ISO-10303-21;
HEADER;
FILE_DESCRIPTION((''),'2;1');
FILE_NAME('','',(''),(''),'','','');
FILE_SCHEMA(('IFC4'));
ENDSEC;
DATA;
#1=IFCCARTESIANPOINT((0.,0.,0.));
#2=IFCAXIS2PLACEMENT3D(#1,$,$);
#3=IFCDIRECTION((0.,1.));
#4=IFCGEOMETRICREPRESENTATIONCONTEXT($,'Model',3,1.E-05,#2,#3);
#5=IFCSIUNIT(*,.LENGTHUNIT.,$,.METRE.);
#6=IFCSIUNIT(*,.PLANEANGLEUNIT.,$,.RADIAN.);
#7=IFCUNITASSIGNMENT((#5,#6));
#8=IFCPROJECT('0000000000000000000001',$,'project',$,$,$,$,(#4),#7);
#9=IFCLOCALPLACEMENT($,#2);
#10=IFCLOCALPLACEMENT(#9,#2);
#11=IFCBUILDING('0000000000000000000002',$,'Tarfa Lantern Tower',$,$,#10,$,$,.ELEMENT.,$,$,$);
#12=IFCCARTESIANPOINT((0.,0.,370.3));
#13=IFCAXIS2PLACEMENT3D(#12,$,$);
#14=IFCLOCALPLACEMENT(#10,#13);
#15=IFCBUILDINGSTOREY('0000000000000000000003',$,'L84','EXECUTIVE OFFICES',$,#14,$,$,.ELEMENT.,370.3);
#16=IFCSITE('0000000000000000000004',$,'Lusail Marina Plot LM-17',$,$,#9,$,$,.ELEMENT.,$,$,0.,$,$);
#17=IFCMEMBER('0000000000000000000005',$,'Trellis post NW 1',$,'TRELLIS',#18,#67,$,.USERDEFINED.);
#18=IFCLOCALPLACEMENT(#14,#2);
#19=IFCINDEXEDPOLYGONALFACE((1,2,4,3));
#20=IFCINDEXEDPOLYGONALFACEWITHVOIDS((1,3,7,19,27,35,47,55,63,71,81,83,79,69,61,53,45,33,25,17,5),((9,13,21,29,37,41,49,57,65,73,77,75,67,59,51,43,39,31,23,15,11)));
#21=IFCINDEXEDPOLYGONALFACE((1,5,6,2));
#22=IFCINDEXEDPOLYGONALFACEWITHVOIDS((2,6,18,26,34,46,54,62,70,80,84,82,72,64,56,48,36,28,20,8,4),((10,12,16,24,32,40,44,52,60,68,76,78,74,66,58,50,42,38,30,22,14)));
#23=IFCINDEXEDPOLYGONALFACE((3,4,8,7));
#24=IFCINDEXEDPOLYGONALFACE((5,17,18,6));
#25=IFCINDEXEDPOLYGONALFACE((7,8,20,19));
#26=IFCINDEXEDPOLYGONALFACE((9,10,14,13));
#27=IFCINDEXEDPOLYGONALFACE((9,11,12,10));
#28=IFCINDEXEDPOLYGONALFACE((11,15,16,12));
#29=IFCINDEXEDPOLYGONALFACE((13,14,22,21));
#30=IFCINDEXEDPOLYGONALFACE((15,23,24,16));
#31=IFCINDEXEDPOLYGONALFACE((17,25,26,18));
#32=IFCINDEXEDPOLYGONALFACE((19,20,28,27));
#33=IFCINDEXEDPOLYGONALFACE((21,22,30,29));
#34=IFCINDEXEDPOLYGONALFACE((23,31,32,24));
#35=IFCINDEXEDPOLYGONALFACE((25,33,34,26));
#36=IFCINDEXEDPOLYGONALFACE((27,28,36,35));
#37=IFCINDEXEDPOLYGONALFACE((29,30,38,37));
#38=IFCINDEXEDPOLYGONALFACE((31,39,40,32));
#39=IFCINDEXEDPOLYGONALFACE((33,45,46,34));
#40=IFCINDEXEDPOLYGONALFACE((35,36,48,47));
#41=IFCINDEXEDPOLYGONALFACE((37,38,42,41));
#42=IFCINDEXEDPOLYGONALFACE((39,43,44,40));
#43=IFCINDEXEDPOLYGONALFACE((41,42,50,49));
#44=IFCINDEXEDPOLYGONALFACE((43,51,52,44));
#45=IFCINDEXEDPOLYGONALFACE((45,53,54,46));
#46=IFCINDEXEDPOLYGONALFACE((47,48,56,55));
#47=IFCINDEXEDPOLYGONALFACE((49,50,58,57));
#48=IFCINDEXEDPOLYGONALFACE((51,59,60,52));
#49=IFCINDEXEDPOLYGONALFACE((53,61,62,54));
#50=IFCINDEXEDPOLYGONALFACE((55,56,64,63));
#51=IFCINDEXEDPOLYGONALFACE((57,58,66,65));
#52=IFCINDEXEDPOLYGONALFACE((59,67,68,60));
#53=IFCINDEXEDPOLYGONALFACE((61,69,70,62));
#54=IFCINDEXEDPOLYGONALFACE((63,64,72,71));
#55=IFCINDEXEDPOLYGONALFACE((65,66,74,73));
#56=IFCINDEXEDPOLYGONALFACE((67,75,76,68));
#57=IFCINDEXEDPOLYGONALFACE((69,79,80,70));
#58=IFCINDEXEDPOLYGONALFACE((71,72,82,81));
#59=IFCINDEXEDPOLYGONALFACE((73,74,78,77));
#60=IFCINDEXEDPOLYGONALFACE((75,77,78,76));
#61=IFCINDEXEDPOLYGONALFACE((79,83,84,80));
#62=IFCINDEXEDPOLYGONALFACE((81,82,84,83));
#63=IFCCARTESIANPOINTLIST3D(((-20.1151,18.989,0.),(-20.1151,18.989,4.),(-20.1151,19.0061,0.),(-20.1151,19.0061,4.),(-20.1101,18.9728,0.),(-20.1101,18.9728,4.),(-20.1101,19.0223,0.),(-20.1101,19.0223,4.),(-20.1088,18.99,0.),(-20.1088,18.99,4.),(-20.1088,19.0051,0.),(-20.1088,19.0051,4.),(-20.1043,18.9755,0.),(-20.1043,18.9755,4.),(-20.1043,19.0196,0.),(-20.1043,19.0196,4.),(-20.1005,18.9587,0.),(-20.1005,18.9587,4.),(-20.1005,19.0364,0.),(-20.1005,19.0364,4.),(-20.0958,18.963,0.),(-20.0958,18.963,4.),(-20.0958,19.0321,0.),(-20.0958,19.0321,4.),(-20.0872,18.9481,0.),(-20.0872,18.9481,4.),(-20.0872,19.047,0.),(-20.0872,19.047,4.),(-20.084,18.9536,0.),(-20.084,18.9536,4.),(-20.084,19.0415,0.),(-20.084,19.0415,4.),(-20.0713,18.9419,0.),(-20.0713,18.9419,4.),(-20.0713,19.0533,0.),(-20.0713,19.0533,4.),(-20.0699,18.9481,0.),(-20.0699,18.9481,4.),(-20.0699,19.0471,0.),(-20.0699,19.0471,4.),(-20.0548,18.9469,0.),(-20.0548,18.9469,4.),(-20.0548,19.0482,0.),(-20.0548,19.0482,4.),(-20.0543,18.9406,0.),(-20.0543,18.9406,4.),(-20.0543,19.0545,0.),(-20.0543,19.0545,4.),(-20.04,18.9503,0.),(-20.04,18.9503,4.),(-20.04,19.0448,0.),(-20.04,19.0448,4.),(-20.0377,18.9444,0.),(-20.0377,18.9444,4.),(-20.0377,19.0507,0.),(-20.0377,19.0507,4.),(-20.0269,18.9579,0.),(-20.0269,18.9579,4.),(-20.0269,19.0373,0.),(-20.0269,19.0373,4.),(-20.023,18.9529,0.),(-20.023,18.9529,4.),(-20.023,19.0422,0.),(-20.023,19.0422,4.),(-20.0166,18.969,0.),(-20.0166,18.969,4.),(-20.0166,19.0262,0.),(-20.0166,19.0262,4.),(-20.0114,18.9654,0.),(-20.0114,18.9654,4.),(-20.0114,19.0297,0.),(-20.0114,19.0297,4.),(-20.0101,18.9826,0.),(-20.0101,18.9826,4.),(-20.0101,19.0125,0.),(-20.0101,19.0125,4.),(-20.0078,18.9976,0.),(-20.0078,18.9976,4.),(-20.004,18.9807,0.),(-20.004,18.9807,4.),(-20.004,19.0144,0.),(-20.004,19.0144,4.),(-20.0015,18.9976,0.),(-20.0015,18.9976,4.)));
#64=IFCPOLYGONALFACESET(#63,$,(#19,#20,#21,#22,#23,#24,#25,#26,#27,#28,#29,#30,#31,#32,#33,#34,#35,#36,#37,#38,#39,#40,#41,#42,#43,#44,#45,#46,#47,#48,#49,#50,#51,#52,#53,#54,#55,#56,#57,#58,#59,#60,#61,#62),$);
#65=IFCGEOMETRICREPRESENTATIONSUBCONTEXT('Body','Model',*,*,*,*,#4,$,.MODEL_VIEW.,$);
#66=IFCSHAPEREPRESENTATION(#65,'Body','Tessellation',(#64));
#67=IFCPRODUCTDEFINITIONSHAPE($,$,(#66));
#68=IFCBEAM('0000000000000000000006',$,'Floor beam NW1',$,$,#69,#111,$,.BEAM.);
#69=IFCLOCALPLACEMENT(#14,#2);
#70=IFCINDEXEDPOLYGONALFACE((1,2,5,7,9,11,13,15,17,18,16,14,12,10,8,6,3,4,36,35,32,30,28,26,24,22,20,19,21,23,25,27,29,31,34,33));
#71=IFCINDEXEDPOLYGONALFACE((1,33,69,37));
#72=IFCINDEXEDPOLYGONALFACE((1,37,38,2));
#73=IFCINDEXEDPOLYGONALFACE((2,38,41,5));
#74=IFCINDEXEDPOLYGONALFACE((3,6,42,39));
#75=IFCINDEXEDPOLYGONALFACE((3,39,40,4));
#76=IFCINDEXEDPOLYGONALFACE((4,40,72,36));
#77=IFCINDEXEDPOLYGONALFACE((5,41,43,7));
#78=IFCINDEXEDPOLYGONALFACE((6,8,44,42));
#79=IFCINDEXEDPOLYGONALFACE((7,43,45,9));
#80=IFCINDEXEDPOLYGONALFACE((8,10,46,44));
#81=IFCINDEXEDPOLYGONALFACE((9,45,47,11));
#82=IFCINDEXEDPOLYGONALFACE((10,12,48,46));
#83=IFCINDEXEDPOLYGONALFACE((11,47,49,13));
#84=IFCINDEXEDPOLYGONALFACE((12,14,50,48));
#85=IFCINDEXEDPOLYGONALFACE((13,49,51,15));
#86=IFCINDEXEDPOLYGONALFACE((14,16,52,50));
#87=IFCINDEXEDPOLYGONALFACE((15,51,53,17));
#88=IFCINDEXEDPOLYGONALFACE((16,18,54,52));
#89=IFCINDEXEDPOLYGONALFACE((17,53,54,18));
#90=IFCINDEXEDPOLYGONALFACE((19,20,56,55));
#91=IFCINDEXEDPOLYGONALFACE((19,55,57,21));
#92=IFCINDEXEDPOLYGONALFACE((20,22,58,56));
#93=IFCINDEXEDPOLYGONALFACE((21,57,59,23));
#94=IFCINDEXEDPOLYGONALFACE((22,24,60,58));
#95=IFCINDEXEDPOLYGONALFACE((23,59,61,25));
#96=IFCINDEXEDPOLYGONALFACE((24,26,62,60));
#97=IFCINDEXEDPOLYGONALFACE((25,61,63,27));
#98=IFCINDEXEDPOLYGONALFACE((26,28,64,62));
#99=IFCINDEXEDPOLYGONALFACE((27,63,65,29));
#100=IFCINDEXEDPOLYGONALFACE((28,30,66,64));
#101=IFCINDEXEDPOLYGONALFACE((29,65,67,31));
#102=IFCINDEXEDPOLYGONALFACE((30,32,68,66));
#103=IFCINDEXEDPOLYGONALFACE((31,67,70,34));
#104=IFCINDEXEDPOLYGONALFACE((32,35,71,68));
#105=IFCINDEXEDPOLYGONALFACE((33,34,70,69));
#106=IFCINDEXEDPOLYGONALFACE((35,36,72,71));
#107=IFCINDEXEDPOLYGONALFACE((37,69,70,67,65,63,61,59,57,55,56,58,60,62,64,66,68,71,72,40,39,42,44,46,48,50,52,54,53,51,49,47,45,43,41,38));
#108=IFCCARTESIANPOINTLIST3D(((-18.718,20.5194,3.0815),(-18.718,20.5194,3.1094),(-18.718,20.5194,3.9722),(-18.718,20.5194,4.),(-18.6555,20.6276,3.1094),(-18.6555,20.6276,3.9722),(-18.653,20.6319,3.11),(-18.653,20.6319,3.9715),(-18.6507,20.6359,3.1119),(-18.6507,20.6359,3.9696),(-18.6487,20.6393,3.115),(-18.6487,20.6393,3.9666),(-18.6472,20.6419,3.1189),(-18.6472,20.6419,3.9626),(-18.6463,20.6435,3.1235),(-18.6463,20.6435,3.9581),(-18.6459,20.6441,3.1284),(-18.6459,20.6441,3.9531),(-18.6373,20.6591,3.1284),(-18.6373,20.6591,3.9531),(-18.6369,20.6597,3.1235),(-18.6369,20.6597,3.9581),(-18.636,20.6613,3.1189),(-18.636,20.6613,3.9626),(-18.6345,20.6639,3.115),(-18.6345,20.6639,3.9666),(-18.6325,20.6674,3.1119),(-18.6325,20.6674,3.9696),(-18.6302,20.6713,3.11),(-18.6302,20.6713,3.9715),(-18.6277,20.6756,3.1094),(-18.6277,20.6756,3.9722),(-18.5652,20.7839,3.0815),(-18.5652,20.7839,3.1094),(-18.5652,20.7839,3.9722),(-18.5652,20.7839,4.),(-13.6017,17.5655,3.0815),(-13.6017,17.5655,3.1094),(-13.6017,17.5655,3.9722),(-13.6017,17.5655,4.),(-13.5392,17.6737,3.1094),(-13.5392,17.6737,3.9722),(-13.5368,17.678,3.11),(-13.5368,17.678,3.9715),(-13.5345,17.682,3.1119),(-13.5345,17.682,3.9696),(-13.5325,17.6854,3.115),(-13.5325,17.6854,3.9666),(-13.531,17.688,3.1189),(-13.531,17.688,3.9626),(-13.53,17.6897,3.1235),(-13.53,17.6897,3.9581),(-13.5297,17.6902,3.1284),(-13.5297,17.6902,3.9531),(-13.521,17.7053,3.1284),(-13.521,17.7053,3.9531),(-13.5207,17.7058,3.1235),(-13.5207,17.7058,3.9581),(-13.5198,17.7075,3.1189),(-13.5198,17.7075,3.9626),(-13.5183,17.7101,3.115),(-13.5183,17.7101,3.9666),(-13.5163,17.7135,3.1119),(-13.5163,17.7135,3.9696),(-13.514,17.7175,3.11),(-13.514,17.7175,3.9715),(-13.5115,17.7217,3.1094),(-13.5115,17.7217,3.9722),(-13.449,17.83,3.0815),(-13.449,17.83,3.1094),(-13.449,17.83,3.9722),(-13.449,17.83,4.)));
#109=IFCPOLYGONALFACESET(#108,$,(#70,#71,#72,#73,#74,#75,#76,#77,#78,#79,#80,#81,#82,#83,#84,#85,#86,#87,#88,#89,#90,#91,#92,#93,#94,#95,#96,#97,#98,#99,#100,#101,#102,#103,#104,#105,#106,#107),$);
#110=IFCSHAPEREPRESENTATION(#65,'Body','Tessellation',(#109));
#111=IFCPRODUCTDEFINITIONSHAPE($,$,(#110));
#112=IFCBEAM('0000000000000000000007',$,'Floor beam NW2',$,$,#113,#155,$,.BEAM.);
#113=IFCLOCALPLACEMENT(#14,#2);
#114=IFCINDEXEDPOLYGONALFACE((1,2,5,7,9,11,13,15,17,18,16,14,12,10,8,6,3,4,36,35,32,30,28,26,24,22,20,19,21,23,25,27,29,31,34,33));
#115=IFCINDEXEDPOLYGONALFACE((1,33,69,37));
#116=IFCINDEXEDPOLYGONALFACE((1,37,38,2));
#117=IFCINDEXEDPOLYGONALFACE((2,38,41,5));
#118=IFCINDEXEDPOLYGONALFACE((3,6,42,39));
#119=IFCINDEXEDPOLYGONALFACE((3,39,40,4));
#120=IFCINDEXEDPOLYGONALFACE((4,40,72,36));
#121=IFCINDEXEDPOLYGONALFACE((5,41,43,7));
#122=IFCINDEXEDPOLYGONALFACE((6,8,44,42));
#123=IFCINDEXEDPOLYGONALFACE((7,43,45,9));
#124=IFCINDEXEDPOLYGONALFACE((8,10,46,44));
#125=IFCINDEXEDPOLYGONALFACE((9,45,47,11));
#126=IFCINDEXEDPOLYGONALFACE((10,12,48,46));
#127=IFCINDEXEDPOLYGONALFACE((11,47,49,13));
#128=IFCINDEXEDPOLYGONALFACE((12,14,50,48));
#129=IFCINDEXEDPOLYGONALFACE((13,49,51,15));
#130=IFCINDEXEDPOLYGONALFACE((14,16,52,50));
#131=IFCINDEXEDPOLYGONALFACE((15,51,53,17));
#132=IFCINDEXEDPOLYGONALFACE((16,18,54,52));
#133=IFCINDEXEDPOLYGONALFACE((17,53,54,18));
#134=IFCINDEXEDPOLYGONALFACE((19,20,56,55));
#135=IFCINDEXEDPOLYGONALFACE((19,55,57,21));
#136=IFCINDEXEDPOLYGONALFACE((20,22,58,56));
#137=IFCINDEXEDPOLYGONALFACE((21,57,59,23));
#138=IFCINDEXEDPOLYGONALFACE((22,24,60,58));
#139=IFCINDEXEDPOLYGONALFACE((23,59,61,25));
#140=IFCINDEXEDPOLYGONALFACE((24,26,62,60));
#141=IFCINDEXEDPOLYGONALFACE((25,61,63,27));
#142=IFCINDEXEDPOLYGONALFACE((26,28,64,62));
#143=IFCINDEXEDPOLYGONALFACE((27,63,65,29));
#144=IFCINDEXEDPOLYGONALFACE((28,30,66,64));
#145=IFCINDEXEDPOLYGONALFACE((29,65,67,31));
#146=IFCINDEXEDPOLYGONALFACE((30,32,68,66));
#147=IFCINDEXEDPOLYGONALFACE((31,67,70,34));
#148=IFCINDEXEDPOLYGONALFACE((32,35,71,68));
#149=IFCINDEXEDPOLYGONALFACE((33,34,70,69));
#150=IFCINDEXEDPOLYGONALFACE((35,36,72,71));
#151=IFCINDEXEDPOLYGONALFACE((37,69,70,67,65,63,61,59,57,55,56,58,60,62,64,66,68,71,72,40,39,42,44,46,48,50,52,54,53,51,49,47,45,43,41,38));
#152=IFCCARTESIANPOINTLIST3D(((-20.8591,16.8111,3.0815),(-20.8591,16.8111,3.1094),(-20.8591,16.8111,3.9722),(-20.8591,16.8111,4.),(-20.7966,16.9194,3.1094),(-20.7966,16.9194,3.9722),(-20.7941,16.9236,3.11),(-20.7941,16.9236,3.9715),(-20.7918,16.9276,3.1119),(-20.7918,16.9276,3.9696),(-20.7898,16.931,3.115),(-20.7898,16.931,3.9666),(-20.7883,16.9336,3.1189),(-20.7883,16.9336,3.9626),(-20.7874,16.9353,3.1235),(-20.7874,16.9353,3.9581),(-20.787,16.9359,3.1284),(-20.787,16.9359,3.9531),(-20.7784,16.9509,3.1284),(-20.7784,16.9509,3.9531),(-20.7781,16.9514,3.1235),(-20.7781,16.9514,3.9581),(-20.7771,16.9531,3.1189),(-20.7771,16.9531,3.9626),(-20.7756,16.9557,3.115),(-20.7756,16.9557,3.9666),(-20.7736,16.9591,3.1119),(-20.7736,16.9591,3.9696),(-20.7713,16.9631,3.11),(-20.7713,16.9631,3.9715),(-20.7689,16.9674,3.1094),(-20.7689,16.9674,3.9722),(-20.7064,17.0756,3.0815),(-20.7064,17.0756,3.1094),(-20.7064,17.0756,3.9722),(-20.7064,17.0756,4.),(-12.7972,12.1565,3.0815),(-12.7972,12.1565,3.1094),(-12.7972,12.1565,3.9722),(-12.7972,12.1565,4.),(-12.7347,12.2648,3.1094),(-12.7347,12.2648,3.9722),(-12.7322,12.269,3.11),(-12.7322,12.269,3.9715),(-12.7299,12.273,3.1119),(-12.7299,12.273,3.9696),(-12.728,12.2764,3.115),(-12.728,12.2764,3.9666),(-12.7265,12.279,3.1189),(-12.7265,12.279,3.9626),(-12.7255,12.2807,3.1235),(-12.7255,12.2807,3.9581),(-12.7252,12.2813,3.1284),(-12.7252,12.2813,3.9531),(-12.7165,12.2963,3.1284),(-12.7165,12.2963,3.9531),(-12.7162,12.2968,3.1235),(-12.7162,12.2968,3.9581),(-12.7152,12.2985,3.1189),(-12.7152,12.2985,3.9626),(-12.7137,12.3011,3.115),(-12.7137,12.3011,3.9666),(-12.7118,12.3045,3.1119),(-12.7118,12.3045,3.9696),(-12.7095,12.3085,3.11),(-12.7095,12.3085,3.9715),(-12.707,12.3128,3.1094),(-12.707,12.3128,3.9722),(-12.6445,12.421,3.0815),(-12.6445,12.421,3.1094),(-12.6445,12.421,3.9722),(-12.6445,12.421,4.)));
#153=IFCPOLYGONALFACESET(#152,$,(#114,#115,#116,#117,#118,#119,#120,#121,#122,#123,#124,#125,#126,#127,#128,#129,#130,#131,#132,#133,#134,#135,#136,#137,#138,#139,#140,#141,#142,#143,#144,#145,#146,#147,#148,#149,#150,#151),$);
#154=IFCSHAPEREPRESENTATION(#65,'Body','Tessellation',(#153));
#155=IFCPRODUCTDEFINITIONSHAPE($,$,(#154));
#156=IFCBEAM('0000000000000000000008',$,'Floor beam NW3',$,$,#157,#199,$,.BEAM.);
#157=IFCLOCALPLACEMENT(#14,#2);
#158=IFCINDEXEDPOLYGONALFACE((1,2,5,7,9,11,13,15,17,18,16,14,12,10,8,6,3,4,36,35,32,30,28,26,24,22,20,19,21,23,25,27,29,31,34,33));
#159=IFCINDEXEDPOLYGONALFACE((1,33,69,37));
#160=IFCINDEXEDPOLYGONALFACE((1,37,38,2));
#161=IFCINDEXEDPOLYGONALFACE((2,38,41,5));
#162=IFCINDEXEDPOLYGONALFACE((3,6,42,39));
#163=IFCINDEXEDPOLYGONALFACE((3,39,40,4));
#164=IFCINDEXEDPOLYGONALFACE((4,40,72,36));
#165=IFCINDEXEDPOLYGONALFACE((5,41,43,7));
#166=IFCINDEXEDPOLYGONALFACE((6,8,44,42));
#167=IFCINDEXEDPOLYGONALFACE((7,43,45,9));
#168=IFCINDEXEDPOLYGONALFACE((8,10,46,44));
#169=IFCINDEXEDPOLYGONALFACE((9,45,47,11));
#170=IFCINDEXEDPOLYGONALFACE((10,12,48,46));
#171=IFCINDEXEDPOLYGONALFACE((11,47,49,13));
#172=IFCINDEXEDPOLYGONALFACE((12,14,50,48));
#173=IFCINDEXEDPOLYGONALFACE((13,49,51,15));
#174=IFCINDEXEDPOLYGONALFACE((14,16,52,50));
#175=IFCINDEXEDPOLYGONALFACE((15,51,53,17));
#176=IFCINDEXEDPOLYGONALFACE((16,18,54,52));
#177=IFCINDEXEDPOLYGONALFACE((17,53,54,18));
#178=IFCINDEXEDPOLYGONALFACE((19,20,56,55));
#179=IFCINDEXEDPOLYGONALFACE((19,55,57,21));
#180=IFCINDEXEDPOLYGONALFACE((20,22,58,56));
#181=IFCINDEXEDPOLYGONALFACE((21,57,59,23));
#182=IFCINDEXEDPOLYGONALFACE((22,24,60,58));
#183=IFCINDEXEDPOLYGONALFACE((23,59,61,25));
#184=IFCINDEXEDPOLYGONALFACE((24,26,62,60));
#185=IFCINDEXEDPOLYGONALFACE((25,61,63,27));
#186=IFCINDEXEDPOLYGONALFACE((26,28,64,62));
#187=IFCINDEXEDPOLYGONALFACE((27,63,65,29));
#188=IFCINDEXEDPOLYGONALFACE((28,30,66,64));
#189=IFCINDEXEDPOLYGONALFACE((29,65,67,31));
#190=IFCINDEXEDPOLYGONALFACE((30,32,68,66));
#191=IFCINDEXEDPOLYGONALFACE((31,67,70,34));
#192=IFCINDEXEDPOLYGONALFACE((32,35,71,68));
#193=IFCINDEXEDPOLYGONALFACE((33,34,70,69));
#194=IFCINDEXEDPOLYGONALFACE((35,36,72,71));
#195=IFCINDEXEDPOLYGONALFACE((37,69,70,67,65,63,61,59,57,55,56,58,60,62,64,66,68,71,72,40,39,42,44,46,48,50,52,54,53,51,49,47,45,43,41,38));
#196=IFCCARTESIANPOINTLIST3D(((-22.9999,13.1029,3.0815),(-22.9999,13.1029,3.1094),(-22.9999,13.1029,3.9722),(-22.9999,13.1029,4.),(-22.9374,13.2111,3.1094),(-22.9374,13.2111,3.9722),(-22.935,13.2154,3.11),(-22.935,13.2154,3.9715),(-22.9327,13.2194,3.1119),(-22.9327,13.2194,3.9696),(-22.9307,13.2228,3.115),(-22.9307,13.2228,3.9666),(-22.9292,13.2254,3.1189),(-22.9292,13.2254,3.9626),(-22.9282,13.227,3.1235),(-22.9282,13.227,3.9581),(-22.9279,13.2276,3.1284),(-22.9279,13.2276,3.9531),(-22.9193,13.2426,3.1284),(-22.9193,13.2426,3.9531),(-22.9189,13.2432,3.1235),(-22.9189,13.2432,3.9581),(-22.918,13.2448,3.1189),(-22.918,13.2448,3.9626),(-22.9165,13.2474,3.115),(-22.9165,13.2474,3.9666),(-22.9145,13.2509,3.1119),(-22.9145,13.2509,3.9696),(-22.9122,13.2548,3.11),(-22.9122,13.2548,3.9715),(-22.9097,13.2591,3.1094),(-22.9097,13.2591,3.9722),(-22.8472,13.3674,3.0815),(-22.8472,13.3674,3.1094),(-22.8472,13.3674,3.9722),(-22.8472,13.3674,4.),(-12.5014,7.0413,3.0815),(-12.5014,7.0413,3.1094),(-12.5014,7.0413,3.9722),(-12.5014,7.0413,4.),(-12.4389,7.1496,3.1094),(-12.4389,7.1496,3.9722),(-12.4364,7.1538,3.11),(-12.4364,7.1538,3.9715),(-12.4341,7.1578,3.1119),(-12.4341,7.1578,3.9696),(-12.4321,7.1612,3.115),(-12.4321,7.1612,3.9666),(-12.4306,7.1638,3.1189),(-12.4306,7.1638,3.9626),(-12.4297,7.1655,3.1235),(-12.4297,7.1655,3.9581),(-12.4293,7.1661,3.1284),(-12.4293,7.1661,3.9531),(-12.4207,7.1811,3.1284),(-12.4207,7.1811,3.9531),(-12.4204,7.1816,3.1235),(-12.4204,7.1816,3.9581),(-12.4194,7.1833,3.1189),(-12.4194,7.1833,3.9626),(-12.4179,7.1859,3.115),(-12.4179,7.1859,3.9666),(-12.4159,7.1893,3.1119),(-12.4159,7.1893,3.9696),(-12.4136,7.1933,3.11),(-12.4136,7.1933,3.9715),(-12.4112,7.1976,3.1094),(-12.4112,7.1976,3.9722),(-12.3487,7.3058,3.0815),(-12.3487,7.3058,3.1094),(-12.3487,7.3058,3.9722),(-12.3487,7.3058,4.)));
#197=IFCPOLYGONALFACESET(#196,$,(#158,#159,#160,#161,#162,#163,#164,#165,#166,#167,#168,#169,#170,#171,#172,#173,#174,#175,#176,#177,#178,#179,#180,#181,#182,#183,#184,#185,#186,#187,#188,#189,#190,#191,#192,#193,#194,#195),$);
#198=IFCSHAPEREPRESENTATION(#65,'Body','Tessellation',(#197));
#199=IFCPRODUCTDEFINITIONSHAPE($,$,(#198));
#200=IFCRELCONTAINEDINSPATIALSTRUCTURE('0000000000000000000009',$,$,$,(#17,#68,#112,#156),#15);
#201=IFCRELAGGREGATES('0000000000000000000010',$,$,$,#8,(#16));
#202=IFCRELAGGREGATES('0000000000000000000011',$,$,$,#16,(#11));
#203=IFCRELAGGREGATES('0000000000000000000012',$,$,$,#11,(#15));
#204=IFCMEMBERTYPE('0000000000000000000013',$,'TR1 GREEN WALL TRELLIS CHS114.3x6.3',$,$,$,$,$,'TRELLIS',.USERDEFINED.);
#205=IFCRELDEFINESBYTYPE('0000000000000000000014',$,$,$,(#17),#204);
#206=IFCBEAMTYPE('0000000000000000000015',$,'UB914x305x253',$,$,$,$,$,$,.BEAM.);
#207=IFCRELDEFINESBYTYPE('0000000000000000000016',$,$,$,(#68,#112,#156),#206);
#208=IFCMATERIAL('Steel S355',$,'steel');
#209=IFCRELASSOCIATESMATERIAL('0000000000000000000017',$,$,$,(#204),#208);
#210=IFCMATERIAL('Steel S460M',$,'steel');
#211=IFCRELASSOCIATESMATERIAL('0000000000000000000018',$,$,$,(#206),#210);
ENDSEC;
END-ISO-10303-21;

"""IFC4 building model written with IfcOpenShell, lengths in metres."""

from ifc_helpers import new_model, si_unit, direction, frame, origin, origin_2d, place, context, subcontext, project, spatial, hollow_circle, i_section, extrude, material, material_profile, profile_set, type_object, element, save


model = new_model("IFC4")

# Units and contexts
model_context = context("Model", 3, precision=1e-05, world=origin(), true_north=direction((0.0, 1.0)))
body_context = subcontext(model_context, "Body", "Model", "MODEL_VIEW")
ifc_project = project(units=[si_unit("LENGTHUNIT", "METRE"), si_unit("PLANEANGLEUNIT", "RADIAN")], contexts=[model_context])

# Site, building, storey
site_placement = place(None, origin())
site = spatial("IfcSite", under=ifc_project, at=site_placement, Name="Lusail Marina Plot LM-17", CompositionType="ELEMENT", RefElevation=0.0)
building_placement = place(site_placement, origin())
building = spatial("IfcBuilding", under=site, at=building_placement, Name="Tarfa Lantern Tower", CompositionType="ELEMENT")
storey_placement = place(building_placement, frame((0.0, 0.0, 370.3)))
storey = spatial("IfcBuildingStorey", under=building, at=storey_placement, Name="L84", Description="EXECUTIVE OFFICES", CompositionType="ELEMENT", Elevation=370.3)

# Member
ifc_material_1 = material(Name="Steel S355", Category="steel")
ifc_material_profile_1 = material_profile(ifc_material_1, hollow_circle(Radius=0.0571, WallThickness=0.0063, at=origin_2d()), Name="CHS114.3x6.3")
ifc_profile_set_1 = profile_set([ifc_material_profile_1], Name="Steel S355")
member_type_1 = type_object("IfcMemberType", Name="TR1 GREEN WALL TRELLIS CHS114.3x6.3", ElementType="TRELLIS", PredefinedType="USERDEFINED", material=ifc_profile_set_1)
member_1_placement = place(storey_placement, frame((-20.0586, 18.9976, 0.0), z_axis=(0.0, 0.0, 1.0), x_axis=(1.0, 0.0, 0.0)))
element("IfcMember", 1, at=member_1_placement, inside=storey, type_object=member_type_1, Name="Trellis post NW 1", ObjectType="TRELLIS", PredefinedType="USERDEFINED", context=body_context, shape_type="SweptSolid", body=[
    extrude(hollow_circle(Radius=0.0571, WallThickness=0.0063, at=origin_2d()), origin(), (0.0, 0.0, 1.0), 4.0),
])

# Beams
ifc_material_2 = material(Name="Steel S460M", Category="steel")
ifc_material_profile_2 = material_profile(ifc_material_2, i_section(OverallWidth=0.3054, OverallDepth=0.9185, WebThickness=0.0173, FlangeThickness=0.0278, FilletRadius=0.019, at=origin_2d()), Name="UB914x305x253")
ifc_profile_set_2 = profile_set([ifc_material_profile_2], Name="Steel S460M")
beam_type_1 = type_object("IfcBeamType", Name="UB914x305x253", PredefinedType="BEAM", material=ifc_profile_set_2)
beam_1_placement = place(storey_placement, frame((-18.6416, 20.6516, 3.5408), z_axis=(0.866025, -0.500001, 0.0), x_axis=(0.500001, 0.866025, 0.0)))
element("IfcBeam", 2, at=beam_1_placement, inside=storey, type_object=beam_type_1, Name="Floor beam NW1", PredefinedType="BEAM", context=body_context, shape_type="SweptSolid", body=[
    extrude(i_section(OverallWidth=0.3054, OverallDepth=0.9185, WebThickness=0.0173, FlangeThickness=0.0278, FilletRadius=0.019, at=origin_2d()), origin(), (0.0, 0.0, 1.0), 5.9077),
])
beam_2_placement = place(storey_placement, frame((-20.7827, 16.9434, 3.5408), z_axis=(0.866022, -0.500006, 0.0), x_axis=(0.500006, 0.866022, 0.0)))
element("IfcBeam", 3, at=beam_2_placement, inside=storey, type_object=beam_type_1, Name="Floor beam NW2", PredefinedType="BEAM", context=body_context, shape_type="SweptSolid", body=[
    extrude(i_section(OverallWidth=0.3054, OverallDepth=0.9185, WebThickness=0.0173, FlangeThickness=0.0278, FilletRadius=0.019, at=origin_2d()), origin(), (0.0, 0.0, 1.0), 9.3091),
])
beam_3_placement = place(storey_placement, frame((-22.9236, 13.2351, 3.5408), z_axis=(0.866019, -0.500012, 0.0), x_axis=(0.500012, 0.866019, 0.0)))
element("IfcBeam", 4, at=beam_3_placement, inside=storey, type_object=beam_type_1, Name="Floor beam NW3", PredefinedType="BEAM", context=body_context, shape_type="SweptSolid", body=[
    extrude(i_section(OverallWidth=0.3054, OverallDepth=0.9185, WebThickness=0.0173, FlangeThickness=0.0278, FilletRadius=0.019, at=origin_2d()), origin(), (0.0, 0.0, 1.0), 12.1228),
])

save(model, "model.ifc")
